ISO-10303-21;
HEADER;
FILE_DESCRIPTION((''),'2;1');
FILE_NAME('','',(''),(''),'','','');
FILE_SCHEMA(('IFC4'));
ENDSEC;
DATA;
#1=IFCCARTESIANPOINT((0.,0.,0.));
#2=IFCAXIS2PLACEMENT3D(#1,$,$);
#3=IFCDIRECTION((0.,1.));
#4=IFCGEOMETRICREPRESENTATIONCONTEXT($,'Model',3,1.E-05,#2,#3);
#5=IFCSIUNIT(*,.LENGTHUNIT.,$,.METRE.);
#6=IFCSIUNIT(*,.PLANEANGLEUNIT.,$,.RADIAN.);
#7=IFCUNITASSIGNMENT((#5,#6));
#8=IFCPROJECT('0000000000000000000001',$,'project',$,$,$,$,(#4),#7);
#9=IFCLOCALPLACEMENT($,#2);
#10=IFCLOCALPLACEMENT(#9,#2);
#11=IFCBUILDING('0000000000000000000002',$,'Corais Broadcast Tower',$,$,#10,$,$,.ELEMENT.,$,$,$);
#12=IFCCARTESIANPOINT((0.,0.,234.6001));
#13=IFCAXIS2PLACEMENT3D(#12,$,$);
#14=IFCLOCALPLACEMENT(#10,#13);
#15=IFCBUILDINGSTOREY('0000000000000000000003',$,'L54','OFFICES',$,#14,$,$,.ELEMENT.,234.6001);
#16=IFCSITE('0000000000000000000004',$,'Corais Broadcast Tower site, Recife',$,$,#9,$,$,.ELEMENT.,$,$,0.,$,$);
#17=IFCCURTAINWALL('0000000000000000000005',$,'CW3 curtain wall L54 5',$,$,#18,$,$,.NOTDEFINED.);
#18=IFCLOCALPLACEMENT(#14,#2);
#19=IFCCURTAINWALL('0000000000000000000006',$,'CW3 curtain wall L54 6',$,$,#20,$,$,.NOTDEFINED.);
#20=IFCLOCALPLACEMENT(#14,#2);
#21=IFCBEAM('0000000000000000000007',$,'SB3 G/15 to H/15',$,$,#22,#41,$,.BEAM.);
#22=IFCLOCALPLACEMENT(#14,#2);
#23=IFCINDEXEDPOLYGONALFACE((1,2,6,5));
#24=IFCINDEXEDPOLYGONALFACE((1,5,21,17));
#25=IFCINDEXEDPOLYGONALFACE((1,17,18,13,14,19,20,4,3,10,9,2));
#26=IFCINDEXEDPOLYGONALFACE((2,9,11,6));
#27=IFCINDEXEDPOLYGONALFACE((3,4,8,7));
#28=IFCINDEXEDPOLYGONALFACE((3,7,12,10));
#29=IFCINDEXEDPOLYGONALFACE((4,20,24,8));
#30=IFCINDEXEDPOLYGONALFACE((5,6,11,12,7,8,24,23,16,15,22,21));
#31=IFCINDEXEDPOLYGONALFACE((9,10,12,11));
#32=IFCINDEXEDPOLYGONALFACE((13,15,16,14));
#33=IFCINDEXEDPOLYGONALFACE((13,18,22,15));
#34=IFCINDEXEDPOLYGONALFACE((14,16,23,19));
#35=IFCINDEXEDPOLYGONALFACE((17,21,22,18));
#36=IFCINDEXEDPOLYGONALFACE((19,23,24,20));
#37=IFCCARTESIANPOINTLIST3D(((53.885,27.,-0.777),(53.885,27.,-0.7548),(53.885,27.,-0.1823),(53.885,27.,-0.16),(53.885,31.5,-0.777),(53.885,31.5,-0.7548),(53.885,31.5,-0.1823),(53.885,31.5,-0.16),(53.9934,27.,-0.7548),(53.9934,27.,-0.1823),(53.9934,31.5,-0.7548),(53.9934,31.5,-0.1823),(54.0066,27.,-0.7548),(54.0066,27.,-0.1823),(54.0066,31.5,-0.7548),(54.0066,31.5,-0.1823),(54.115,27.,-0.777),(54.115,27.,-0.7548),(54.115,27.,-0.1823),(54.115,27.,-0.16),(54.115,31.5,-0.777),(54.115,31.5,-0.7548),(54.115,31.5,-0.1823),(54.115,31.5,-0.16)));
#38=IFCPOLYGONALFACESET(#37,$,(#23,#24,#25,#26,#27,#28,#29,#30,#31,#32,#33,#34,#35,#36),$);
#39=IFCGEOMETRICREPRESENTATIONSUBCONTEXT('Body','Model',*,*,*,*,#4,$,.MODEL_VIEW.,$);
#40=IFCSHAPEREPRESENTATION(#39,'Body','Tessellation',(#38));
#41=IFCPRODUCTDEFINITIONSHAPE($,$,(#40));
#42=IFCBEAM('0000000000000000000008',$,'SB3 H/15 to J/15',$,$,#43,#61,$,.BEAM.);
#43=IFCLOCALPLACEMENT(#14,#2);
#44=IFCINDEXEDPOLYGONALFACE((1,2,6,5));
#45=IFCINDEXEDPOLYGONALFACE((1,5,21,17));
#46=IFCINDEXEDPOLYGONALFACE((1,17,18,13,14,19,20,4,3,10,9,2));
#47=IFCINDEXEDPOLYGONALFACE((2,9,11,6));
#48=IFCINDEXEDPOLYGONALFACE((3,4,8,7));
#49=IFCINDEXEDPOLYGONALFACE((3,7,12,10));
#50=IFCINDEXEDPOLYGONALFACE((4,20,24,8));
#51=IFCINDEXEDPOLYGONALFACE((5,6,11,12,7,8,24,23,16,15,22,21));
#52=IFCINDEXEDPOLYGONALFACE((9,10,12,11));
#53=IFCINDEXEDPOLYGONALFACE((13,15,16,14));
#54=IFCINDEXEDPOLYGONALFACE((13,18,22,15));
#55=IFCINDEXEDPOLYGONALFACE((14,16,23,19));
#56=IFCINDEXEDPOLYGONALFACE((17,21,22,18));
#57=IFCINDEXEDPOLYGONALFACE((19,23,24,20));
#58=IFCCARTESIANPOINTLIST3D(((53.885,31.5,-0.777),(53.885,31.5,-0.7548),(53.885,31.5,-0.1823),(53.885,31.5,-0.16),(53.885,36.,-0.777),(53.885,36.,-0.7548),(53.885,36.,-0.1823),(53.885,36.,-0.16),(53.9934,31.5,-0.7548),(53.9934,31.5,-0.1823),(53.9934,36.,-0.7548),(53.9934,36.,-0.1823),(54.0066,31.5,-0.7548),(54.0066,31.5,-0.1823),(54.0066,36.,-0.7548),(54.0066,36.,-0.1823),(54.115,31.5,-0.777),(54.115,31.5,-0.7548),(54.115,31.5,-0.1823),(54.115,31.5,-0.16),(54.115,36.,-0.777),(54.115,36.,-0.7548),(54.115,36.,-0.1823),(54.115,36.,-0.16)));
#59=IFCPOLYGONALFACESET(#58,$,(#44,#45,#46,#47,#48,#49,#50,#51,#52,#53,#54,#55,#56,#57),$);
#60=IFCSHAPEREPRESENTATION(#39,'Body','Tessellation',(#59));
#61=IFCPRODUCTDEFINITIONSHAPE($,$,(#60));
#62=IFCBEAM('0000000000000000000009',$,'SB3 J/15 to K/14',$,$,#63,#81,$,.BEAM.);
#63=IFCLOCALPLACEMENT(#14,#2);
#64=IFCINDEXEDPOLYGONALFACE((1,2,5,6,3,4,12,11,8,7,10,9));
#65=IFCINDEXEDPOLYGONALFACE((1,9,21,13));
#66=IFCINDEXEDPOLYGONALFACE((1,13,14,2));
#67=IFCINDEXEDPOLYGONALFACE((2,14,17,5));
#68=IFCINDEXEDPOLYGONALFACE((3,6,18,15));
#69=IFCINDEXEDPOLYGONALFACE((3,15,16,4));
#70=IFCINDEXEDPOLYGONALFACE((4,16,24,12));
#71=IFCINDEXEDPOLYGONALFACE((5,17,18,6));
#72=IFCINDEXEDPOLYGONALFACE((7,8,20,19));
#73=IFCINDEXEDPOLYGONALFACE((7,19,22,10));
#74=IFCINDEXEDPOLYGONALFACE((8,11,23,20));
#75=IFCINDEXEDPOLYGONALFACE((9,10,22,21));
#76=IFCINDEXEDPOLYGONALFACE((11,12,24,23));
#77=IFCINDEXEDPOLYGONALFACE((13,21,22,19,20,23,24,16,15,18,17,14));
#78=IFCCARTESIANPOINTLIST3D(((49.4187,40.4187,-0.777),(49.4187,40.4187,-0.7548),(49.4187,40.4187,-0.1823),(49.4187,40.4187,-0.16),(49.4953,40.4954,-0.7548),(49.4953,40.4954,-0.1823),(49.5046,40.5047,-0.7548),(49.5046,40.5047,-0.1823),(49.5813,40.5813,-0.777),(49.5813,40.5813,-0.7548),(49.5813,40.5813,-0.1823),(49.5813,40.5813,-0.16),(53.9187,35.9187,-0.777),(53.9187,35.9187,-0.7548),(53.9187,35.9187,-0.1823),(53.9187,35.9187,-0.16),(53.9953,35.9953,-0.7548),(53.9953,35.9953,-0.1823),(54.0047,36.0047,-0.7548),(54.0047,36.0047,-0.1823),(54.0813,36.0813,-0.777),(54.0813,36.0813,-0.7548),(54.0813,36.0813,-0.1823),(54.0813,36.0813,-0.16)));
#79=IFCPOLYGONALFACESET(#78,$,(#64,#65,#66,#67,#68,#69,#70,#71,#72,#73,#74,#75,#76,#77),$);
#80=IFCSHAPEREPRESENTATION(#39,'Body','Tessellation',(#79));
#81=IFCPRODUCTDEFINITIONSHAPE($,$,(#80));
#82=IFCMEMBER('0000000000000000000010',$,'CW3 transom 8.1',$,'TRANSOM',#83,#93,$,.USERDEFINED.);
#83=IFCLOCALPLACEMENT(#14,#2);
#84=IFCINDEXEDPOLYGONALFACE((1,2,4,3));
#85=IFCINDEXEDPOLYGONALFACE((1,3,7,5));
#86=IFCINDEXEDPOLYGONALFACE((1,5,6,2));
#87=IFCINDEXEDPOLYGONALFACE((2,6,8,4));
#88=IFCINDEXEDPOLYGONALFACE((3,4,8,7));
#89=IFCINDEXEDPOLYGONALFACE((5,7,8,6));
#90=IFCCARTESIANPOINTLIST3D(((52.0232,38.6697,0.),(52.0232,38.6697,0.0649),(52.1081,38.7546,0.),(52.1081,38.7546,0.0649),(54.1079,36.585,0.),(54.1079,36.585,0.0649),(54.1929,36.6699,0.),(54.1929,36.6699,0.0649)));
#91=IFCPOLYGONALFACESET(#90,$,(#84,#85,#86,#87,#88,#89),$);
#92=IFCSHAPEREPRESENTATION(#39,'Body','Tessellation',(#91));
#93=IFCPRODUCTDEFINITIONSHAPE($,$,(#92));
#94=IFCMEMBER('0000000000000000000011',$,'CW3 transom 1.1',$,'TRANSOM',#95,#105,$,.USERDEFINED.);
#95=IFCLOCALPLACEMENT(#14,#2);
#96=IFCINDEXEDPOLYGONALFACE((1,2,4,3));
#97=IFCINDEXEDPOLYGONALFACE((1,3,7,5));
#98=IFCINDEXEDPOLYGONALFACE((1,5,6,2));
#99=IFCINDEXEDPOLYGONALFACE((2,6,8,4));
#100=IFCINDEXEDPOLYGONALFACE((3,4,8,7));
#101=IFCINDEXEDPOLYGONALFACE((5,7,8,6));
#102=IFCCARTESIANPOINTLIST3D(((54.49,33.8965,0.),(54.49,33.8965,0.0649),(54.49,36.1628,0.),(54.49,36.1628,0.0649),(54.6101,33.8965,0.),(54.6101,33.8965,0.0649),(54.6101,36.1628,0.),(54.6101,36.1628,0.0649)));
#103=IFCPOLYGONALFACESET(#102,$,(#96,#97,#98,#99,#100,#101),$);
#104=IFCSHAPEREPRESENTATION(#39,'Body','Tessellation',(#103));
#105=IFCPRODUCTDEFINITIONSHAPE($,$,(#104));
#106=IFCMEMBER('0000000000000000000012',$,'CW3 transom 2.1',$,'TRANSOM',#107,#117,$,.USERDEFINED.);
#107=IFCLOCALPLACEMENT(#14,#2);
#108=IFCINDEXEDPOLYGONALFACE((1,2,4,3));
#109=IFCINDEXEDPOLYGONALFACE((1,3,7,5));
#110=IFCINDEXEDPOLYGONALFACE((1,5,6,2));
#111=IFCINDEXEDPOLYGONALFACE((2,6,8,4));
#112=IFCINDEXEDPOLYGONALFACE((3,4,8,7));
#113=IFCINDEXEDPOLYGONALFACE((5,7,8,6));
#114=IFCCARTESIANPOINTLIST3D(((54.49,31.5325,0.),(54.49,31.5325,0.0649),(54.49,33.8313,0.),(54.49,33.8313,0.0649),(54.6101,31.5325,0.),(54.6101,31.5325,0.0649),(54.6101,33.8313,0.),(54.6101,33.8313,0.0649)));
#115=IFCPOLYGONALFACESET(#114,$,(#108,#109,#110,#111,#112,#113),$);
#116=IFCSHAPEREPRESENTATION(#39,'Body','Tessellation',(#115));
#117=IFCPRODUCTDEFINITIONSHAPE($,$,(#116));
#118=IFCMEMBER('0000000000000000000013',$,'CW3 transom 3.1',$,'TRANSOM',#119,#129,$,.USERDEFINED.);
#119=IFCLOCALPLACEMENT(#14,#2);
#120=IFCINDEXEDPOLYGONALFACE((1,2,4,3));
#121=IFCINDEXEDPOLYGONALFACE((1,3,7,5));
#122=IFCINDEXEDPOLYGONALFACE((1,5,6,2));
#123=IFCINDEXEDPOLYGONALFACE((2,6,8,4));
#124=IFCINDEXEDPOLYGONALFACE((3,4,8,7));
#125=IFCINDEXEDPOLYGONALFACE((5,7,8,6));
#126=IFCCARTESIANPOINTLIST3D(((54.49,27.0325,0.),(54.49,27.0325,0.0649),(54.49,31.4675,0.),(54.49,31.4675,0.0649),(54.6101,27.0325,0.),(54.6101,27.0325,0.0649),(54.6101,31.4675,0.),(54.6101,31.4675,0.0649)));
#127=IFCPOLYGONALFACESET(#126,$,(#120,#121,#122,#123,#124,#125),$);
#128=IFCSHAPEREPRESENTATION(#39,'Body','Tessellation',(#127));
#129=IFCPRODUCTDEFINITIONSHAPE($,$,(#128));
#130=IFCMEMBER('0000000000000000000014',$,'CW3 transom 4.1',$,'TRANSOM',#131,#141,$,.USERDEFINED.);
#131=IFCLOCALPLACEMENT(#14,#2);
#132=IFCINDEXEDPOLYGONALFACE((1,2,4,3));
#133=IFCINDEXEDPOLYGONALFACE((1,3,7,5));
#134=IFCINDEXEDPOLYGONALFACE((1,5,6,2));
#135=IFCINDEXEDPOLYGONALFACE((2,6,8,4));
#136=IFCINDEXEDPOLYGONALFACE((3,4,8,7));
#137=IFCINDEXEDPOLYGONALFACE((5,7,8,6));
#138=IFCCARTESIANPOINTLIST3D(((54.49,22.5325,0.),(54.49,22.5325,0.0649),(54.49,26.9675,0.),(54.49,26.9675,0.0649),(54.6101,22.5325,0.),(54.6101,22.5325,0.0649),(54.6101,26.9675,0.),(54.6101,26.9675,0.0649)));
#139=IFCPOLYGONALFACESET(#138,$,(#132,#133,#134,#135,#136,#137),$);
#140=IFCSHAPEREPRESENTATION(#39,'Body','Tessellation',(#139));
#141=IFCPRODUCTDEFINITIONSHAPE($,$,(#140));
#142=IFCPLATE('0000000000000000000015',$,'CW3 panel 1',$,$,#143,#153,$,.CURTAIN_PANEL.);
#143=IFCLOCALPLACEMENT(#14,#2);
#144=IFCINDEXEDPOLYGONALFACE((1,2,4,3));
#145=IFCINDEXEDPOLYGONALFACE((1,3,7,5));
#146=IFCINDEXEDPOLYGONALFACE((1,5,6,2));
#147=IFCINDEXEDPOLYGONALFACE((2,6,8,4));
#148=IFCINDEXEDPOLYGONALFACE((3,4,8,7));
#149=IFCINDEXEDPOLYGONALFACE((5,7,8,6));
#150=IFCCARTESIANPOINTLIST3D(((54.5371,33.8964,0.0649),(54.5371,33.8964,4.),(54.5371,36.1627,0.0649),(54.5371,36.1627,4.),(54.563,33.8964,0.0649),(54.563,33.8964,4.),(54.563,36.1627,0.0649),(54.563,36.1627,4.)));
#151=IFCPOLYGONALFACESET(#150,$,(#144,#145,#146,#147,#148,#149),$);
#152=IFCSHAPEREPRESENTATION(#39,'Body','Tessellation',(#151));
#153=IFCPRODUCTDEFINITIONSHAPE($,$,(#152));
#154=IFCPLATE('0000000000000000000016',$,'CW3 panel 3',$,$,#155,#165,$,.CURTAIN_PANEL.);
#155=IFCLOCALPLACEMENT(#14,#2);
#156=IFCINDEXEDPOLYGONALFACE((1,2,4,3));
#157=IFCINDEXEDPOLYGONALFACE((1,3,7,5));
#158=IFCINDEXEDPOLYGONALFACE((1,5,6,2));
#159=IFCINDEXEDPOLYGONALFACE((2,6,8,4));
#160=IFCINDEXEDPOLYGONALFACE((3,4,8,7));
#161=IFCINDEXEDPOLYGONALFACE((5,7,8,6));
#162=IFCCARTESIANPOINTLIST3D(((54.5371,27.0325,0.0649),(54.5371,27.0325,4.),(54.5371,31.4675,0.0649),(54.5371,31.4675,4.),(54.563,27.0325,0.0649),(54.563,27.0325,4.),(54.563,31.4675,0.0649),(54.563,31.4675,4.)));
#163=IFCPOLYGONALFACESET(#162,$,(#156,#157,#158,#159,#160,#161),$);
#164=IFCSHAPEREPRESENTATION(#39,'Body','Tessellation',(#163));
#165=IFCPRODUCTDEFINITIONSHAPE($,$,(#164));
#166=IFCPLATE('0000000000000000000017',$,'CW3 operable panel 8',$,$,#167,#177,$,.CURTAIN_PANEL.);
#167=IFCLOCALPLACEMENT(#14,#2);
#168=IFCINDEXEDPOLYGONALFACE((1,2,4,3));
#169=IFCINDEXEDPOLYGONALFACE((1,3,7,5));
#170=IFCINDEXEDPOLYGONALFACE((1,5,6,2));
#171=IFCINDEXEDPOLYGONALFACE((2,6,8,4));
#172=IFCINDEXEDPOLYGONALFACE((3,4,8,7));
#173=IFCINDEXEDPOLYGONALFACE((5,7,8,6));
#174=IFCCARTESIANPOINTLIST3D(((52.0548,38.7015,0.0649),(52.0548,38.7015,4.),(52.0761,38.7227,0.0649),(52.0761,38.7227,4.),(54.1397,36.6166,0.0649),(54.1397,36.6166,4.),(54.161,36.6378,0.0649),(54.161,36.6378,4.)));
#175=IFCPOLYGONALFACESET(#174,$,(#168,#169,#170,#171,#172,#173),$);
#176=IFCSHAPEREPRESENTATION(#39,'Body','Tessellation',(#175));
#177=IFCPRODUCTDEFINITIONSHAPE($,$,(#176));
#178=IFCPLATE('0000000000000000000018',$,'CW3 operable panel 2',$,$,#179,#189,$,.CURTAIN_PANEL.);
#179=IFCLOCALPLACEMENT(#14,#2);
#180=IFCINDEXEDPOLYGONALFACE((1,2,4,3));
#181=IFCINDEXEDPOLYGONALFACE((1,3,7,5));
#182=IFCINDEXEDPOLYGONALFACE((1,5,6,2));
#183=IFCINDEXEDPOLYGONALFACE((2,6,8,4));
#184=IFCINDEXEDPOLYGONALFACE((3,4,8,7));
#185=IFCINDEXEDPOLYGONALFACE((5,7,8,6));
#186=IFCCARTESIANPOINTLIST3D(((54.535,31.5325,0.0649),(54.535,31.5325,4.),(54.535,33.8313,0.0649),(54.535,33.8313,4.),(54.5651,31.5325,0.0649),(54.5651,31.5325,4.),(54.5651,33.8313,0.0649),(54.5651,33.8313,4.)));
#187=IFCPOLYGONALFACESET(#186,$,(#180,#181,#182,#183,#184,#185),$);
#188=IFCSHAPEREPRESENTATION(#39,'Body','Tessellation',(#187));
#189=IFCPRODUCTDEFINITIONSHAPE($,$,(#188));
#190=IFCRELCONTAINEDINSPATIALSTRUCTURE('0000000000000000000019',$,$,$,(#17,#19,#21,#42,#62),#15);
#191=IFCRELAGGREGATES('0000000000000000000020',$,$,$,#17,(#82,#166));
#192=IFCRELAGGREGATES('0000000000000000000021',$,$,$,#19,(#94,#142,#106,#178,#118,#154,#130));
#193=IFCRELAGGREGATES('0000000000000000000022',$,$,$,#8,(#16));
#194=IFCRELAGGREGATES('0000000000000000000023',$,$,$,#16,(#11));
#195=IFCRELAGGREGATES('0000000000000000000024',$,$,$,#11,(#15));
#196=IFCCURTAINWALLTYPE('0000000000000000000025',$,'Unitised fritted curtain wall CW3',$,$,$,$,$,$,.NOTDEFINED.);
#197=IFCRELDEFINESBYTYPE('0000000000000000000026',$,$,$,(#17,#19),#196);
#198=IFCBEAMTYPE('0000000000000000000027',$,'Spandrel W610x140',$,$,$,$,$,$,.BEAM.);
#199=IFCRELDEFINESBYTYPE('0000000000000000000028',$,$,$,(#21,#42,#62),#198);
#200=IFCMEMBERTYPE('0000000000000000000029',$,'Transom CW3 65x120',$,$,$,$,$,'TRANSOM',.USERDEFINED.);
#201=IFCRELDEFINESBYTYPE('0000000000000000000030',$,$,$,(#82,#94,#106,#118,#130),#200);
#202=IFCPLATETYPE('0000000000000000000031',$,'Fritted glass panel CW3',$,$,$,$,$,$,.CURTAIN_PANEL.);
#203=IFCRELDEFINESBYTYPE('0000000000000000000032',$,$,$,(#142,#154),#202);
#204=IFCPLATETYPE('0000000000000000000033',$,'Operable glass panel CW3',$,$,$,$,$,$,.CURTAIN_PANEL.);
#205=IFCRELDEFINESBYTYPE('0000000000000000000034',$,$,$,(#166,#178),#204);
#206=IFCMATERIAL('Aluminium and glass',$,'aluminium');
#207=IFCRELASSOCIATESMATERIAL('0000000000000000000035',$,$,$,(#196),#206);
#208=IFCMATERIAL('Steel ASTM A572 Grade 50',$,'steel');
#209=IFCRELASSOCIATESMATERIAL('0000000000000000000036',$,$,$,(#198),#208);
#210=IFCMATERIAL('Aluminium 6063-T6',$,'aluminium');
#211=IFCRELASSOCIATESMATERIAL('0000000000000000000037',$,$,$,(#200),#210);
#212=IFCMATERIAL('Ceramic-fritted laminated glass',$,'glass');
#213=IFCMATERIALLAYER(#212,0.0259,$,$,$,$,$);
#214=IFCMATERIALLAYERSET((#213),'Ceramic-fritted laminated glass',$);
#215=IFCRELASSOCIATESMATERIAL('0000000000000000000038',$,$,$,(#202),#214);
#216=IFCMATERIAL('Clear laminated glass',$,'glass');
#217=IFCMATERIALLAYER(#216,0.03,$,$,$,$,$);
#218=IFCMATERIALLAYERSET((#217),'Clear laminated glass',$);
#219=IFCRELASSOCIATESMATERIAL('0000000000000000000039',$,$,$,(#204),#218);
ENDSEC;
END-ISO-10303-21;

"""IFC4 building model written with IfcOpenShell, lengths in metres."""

from ifc_helpers import new_model, si_unit, direction, frame, origin, origin_2d, place, context, subcontext, project, spatial, rectangle, i_section, extrude, material, layer, layer_set, material_profile, profile_set, type_object, element, aggregate, save


model = new_model("IFC4")

# Units and contexts
model_context = context("Model", 3, precision=1e-05, world=origin(), true_north=direction((0.0, 1.0)))
body_context = subcontext(model_context, "Body", "Model", "MODEL_VIEW")
ifc_project = project(units=[si_unit("LENGTHUNIT", "METRE"), si_unit("PLANEANGLEUNIT", "RADIAN")], contexts=[model_context])

# Site, building, storey
site_placement = place(None, origin())
site = spatial("IfcSite", under=ifc_project, at=site_placement, Name="Corais Broadcast Tower site, Recife", CompositionType="ELEMENT", RefElevation=0.0)
building_placement = place(site_placement, origin())
building = spatial("IfcBuilding", under=site, at=building_placement, Name="Corais Broadcast Tower", CompositionType="ELEMENT")
storey_placement = place(building_placement, frame((0.0, 0.0, 234.6001)))
storey = spatial("IfcBuildingStorey", under=building, at=storey_placement, Name="L54", Description="OFFICES", CompositionType="ELEMENT", Elevation=234.6001)

# Curtain wall
ifc_material_1 = material(Name="Aluminium and glass", Category="aluminium")
curtain_wall_type = type_object("IfcCurtainWallType", Name="Unitised fritted curtain wall CW3", PredefinedType="NOTDEFINED", material=ifc_material_1)
curtain_wall_1_placement = place(storey_placement, origin())
curtain_wall_1 = element("IfcCurtainWall", 1, at=curtain_wall_1_placement, inside=storey, type_object=curtain_wall_type, Name="CW3 curtain wall L54 5", PredefinedType="NOTDEFINED")

# Curtain wall
curtain_wall_2_placement = place(storey_placement, origin())
curtain_wall_2 = element("IfcCurtainWall", 2, at=curtain_wall_2_placement, inside=storey, type_object=curtain_wall_type, Name="CW3 curtain wall L54 6", PredefinedType="NOTDEFINED")

# Beams
ifc_material_2 = material(Name="Steel ASTM A572 Grade 50", Category="steel")
ifc_material_profile_1 = material_profile(ifc_material_2, i_section(OverallWidth=0.23, OverallDepth=0.6169, WebThickness=0.0132, FlangeThickness=0.0222, at=origin_2d()), Name="W610x140")
ifc_profile_set_1 = profile_set([ifc_material_profile_1], Name="Steel ASTM A572 Grade 50")
beam_type_1 = type_object("IfcBeamType", Name="Spandrel W610x140", PredefinedType="BEAM", material=ifc_profile_set_1)
for number, where, z_axis, x_axis, name in (
    (3, (54.0, 27.0, -0.4685), (0.0, 1.0, 0.0), (-1.0, 0.0, 0.0), "SB3 G/15 to H/15"),
    (4, (54.0, 31.5, -0.4685), (0.0, 1.0, 0.0), (-1.0, 0.0, 0.0), "SB3 H/15 to J/15"),
):
    element("IfcBeam", number, at=place(storey_placement, frame(where, z_axis=z_axis, x_axis=x_axis)), inside=storey, type_object=beam_type_1, Name=name, PredefinedType="BEAM", context=body_context, shape_type="SweptSolid", body=[
        extrude(i_section(OverallWidth=0.23, OverallDepth=0.6169, WebThickness=0.0132, FlangeThickness=0.0222, at=origin_2d()), origin(), (0.0, 0.0, 1.0), 4.5),
    ])
beam_placement = place(storey_placement, frame((54.0, 36.0, -0.4685), z_axis=(-0.707107, 0.707107, 0.0), x_axis=(-0.707107, -0.707107, 0.0)))
element("IfcBeam", 5, at=beam_placement, inside=storey, type_object=beam_type_1, Name="SB3 J/15 to K/14", PredefinedType="BEAM", context=body_context, shape_type="SweptSolid", body=[
    extrude(i_section(OverallWidth=0.23, OverallDepth=0.6169, WebThickness=0.0132, FlangeThickness=0.0222, at=origin_2d()), origin(), (0.0, 0.0, 1.0), 6.364),
])

# Members
ifc_material_3 = material(Name="Aluminium 6063-T6", Category="aluminium")
ifc_material_profile_2 = material_profile(ifc_material_3, rectangle(XDim=0.1201, YDim=0.0649, at=origin_2d()), Name="Transom CW3 65x120")
ifc_profile_set_2 = profile_set([ifc_material_profile_2], Name="Aluminium 6063-T6")
member_type_1 = type_object("IfcMemberType", Name="Transom CW3 65x120", ElementType="TRANSOM", PredefinedType="USERDEFINED", material=ifc_profile_set_2)
member_1_placement = place(storey_placement, frame((52.0657, 38.7122, 0.0325), z_axis=(0.707107, -0.707107, 0.0), x_axis=(0.707107, 0.707107, 0.0)))
member_1 = element("IfcMember", 6, at=member_1_placement, type_object=member_type_1, Name="CW3 transom 8.1", ObjectType="TRANSOM", PredefinedType="USERDEFINED", context=body_context, shape_type="SweptSolid", body=[
    extrude(rectangle(XDim=0.1201, YDim=0.0649, at=origin_2d()), origin(), (0.0, 0.0, 1.0), 2.9482),
])
member_2_placement = place(storey_placement, frame((54.55, 36.1628, 0.0325), z_axis=(0.0, -1.0, 0.0), x_axis=(1.0, 0.0, 0.0)))
member_2 = element("IfcMember", 7, at=member_2_placement, type_object=member_type_1, Name="CW3 transom 1.1", ObjectType="TRANSOM", PredefinedType="USERDEFINED", context=body_context, shape_type="SweptSolid", body=[
    extrude(rectangle(XDim=0.1201, YDim=0.0649, at=origin_2d()), origin(), (0.0, 0.0, 1.0), 2.2664),
])
member_3_placement = place(storey_placement, frame((54.55, 33.8313, 0.0325), z_axis=(0.0, -1.0, 0.0), x_axis=(1.0, 0.0, 0.0)))
member_3 = element("IfcMember", 8, at=member_3_placement, type_object=member_type_1, Name="CW3 transom 2.1", ObjectType="TRANSOM", PredefinedType="USERDEFINED", context=body_context, shape_type="SweptSolid", body=[
    extrude(rectangle(XDim=0.1201, YDim=0.0649, at=origin_2d()), origin(), (0.0, 0.0, 1.0), 2.2988),
])
member_4_placement = place(storey_placement, frame((54.55, 31.4675, 0.0325), z_axis=(0.0, -1.0, 0.0), x_axis=(1.0, 0.0, 0.0)))
member_4 = element("IfcMember", 9, at=member_4_placement, type_object=member_type_1, Name="CW3 transom 3.1", ObjectType="TRANSOM", PredefinedType="USERDEFINED", context=body_context, shape_type="SweptSolid", body=[
    extrude(rectangle(XDim=0.1201, YDim=0.0649, at=origin_2d()), origin(), (0.0, 0.0, 1.0), 4.4351),
])
member_5_placement = place(storey_placement, frame((54.55, 26.9675, 0.0325), z_axis=(0.0, -1.0, 0.0), x_axis=(1.0, 0.0, 0.0)))
member_5 = element("IfcMember", 10, at=member_5_placement, type_object=member_type_1, Name="CW3 transom 4.1", ObjectType="TRANSOM", PredefinedType="USERDEFINED", context=body_context, shape_type="SweptSolid", body=[
    extrude(rectangle(XDim=0.1201, YDim=0.0649, at=origin_2d()), origin(), (0.0, 0.0, 1.0), 4.4351),
])

# Plates
ifc_material_4 = material(Name="Ceramic-fritted laminated glass", Category="glass")
ifc_layer_1 = layer(ifc_material_4, 0.0259)
ifc_layer_set_1 = layer_set([ifc_layer_1], Name="Ceramic-fritted laminated glass")
plate_type_1 = type_object("IfcPlateType", Name="Fritted glass panel CW3", PredefinedType="CURTAIN_PANEL", material=ifc_layer_set_1)
plate_1_placement = place(storey_placement, frame((54.55, 35.0295, 0.0649), z_axis=(0.0, 0.0, 1.0), x_axis=(0.0, -1.0, 0.0)))
plate_1 = element("IfcPlate", 11, at=plate_1_placement, type_object=plate_type_1, Name="CW3 panel 1", PredefinedType="CURTAIN_PANEL", context=body_context, shape_type="SweptSolid", body=[
    extrude(rectangle(XDim=2.2664, YDim=0.0259, at=origin_2d()), origin(), (0.0, 0.0, 1.0), 3.9351),
])
plate_2_placement = place(storey_placement, frame((54.55, 29.25, 0.0649), z_axis=(0.0, 0.0, 1.0), x_axis=(0.0, -1.0, 0.0)))
plate_2 = element("IfcPlate", 12, at=plate_2_placement, type_object=plate_type_1, Name="CW3 panel 3", PredefinedType="CURTAIN_PANEL", context=body_context, shape_type="SweptSolid", body=[
    extrude(rectangle(XDim=4.4351, YDim=0.0259, at=origin_2d()), origin(), (0.0, 0.0, 1.0), 3.9351),
])
ifc_material_5 = material(Name="Clear laminated glass", Category="glass")
ifc_layer_2 = layer(ifc_material_5, 0.03)
ifc_layer_set_2 = layer_set([ifc_layer_2], Name="Clear laminated glass")
plate_type_2 = type_object("IfcPlateType", Name="Operable glass panel CW3", PredefinedType="CURTAIN_PANEL", material=ifc_layer_set_2)
plate_3_placement = place(storey_placement, frame((53.1079, 37.6697, 0.0649), z_axis=(0.0, 0.0, 1.0), x_axis=(0.707107, -0.707107, 0.0)))
plate_3 = element("IfcPlate", 13, at=plate_3_placement, type_object=plate_type_2, Name="CW3 operable panel 8", PredefinedType="CURTAIN_PANEL", context=body_context, shape_type="SweptSolid", body=[
    extrude(rectangle(XDim=2.9485, YDim=0.03, at=origin_2d()), origin(), (0.0, 0.0, 1.0), 3.9351),
])
aggregate(curtain_wall_1, [member_1, plate_3])
plate_4_placement = place(storey_placement, frame((54.55, 32.6819, 0.0649), z_axis=(0.0, 0.0, 1.0), x_axis=(0.0, -1.0, 0.0)))
plate_4 = element("IfcPlate", 14, at=plate_4_placement, type_object=plate_type_2, Name="CW3 operable panel 2", PredefinedType="CURTAIN_PANEL", context=body_context, shape_type="SweptSolid", body=[
    extrude(rectangle(XDim=2.2988, YDim=0.03, at=origin_2d()), origin(), (0.0, 0.0, 1.0), 3.9351),
])
aggregate(curtain_wall_2, [member_2, plate_1, member_3, plate_4, member_4, plate_2, member_5])

save(model, "model.ifc")
